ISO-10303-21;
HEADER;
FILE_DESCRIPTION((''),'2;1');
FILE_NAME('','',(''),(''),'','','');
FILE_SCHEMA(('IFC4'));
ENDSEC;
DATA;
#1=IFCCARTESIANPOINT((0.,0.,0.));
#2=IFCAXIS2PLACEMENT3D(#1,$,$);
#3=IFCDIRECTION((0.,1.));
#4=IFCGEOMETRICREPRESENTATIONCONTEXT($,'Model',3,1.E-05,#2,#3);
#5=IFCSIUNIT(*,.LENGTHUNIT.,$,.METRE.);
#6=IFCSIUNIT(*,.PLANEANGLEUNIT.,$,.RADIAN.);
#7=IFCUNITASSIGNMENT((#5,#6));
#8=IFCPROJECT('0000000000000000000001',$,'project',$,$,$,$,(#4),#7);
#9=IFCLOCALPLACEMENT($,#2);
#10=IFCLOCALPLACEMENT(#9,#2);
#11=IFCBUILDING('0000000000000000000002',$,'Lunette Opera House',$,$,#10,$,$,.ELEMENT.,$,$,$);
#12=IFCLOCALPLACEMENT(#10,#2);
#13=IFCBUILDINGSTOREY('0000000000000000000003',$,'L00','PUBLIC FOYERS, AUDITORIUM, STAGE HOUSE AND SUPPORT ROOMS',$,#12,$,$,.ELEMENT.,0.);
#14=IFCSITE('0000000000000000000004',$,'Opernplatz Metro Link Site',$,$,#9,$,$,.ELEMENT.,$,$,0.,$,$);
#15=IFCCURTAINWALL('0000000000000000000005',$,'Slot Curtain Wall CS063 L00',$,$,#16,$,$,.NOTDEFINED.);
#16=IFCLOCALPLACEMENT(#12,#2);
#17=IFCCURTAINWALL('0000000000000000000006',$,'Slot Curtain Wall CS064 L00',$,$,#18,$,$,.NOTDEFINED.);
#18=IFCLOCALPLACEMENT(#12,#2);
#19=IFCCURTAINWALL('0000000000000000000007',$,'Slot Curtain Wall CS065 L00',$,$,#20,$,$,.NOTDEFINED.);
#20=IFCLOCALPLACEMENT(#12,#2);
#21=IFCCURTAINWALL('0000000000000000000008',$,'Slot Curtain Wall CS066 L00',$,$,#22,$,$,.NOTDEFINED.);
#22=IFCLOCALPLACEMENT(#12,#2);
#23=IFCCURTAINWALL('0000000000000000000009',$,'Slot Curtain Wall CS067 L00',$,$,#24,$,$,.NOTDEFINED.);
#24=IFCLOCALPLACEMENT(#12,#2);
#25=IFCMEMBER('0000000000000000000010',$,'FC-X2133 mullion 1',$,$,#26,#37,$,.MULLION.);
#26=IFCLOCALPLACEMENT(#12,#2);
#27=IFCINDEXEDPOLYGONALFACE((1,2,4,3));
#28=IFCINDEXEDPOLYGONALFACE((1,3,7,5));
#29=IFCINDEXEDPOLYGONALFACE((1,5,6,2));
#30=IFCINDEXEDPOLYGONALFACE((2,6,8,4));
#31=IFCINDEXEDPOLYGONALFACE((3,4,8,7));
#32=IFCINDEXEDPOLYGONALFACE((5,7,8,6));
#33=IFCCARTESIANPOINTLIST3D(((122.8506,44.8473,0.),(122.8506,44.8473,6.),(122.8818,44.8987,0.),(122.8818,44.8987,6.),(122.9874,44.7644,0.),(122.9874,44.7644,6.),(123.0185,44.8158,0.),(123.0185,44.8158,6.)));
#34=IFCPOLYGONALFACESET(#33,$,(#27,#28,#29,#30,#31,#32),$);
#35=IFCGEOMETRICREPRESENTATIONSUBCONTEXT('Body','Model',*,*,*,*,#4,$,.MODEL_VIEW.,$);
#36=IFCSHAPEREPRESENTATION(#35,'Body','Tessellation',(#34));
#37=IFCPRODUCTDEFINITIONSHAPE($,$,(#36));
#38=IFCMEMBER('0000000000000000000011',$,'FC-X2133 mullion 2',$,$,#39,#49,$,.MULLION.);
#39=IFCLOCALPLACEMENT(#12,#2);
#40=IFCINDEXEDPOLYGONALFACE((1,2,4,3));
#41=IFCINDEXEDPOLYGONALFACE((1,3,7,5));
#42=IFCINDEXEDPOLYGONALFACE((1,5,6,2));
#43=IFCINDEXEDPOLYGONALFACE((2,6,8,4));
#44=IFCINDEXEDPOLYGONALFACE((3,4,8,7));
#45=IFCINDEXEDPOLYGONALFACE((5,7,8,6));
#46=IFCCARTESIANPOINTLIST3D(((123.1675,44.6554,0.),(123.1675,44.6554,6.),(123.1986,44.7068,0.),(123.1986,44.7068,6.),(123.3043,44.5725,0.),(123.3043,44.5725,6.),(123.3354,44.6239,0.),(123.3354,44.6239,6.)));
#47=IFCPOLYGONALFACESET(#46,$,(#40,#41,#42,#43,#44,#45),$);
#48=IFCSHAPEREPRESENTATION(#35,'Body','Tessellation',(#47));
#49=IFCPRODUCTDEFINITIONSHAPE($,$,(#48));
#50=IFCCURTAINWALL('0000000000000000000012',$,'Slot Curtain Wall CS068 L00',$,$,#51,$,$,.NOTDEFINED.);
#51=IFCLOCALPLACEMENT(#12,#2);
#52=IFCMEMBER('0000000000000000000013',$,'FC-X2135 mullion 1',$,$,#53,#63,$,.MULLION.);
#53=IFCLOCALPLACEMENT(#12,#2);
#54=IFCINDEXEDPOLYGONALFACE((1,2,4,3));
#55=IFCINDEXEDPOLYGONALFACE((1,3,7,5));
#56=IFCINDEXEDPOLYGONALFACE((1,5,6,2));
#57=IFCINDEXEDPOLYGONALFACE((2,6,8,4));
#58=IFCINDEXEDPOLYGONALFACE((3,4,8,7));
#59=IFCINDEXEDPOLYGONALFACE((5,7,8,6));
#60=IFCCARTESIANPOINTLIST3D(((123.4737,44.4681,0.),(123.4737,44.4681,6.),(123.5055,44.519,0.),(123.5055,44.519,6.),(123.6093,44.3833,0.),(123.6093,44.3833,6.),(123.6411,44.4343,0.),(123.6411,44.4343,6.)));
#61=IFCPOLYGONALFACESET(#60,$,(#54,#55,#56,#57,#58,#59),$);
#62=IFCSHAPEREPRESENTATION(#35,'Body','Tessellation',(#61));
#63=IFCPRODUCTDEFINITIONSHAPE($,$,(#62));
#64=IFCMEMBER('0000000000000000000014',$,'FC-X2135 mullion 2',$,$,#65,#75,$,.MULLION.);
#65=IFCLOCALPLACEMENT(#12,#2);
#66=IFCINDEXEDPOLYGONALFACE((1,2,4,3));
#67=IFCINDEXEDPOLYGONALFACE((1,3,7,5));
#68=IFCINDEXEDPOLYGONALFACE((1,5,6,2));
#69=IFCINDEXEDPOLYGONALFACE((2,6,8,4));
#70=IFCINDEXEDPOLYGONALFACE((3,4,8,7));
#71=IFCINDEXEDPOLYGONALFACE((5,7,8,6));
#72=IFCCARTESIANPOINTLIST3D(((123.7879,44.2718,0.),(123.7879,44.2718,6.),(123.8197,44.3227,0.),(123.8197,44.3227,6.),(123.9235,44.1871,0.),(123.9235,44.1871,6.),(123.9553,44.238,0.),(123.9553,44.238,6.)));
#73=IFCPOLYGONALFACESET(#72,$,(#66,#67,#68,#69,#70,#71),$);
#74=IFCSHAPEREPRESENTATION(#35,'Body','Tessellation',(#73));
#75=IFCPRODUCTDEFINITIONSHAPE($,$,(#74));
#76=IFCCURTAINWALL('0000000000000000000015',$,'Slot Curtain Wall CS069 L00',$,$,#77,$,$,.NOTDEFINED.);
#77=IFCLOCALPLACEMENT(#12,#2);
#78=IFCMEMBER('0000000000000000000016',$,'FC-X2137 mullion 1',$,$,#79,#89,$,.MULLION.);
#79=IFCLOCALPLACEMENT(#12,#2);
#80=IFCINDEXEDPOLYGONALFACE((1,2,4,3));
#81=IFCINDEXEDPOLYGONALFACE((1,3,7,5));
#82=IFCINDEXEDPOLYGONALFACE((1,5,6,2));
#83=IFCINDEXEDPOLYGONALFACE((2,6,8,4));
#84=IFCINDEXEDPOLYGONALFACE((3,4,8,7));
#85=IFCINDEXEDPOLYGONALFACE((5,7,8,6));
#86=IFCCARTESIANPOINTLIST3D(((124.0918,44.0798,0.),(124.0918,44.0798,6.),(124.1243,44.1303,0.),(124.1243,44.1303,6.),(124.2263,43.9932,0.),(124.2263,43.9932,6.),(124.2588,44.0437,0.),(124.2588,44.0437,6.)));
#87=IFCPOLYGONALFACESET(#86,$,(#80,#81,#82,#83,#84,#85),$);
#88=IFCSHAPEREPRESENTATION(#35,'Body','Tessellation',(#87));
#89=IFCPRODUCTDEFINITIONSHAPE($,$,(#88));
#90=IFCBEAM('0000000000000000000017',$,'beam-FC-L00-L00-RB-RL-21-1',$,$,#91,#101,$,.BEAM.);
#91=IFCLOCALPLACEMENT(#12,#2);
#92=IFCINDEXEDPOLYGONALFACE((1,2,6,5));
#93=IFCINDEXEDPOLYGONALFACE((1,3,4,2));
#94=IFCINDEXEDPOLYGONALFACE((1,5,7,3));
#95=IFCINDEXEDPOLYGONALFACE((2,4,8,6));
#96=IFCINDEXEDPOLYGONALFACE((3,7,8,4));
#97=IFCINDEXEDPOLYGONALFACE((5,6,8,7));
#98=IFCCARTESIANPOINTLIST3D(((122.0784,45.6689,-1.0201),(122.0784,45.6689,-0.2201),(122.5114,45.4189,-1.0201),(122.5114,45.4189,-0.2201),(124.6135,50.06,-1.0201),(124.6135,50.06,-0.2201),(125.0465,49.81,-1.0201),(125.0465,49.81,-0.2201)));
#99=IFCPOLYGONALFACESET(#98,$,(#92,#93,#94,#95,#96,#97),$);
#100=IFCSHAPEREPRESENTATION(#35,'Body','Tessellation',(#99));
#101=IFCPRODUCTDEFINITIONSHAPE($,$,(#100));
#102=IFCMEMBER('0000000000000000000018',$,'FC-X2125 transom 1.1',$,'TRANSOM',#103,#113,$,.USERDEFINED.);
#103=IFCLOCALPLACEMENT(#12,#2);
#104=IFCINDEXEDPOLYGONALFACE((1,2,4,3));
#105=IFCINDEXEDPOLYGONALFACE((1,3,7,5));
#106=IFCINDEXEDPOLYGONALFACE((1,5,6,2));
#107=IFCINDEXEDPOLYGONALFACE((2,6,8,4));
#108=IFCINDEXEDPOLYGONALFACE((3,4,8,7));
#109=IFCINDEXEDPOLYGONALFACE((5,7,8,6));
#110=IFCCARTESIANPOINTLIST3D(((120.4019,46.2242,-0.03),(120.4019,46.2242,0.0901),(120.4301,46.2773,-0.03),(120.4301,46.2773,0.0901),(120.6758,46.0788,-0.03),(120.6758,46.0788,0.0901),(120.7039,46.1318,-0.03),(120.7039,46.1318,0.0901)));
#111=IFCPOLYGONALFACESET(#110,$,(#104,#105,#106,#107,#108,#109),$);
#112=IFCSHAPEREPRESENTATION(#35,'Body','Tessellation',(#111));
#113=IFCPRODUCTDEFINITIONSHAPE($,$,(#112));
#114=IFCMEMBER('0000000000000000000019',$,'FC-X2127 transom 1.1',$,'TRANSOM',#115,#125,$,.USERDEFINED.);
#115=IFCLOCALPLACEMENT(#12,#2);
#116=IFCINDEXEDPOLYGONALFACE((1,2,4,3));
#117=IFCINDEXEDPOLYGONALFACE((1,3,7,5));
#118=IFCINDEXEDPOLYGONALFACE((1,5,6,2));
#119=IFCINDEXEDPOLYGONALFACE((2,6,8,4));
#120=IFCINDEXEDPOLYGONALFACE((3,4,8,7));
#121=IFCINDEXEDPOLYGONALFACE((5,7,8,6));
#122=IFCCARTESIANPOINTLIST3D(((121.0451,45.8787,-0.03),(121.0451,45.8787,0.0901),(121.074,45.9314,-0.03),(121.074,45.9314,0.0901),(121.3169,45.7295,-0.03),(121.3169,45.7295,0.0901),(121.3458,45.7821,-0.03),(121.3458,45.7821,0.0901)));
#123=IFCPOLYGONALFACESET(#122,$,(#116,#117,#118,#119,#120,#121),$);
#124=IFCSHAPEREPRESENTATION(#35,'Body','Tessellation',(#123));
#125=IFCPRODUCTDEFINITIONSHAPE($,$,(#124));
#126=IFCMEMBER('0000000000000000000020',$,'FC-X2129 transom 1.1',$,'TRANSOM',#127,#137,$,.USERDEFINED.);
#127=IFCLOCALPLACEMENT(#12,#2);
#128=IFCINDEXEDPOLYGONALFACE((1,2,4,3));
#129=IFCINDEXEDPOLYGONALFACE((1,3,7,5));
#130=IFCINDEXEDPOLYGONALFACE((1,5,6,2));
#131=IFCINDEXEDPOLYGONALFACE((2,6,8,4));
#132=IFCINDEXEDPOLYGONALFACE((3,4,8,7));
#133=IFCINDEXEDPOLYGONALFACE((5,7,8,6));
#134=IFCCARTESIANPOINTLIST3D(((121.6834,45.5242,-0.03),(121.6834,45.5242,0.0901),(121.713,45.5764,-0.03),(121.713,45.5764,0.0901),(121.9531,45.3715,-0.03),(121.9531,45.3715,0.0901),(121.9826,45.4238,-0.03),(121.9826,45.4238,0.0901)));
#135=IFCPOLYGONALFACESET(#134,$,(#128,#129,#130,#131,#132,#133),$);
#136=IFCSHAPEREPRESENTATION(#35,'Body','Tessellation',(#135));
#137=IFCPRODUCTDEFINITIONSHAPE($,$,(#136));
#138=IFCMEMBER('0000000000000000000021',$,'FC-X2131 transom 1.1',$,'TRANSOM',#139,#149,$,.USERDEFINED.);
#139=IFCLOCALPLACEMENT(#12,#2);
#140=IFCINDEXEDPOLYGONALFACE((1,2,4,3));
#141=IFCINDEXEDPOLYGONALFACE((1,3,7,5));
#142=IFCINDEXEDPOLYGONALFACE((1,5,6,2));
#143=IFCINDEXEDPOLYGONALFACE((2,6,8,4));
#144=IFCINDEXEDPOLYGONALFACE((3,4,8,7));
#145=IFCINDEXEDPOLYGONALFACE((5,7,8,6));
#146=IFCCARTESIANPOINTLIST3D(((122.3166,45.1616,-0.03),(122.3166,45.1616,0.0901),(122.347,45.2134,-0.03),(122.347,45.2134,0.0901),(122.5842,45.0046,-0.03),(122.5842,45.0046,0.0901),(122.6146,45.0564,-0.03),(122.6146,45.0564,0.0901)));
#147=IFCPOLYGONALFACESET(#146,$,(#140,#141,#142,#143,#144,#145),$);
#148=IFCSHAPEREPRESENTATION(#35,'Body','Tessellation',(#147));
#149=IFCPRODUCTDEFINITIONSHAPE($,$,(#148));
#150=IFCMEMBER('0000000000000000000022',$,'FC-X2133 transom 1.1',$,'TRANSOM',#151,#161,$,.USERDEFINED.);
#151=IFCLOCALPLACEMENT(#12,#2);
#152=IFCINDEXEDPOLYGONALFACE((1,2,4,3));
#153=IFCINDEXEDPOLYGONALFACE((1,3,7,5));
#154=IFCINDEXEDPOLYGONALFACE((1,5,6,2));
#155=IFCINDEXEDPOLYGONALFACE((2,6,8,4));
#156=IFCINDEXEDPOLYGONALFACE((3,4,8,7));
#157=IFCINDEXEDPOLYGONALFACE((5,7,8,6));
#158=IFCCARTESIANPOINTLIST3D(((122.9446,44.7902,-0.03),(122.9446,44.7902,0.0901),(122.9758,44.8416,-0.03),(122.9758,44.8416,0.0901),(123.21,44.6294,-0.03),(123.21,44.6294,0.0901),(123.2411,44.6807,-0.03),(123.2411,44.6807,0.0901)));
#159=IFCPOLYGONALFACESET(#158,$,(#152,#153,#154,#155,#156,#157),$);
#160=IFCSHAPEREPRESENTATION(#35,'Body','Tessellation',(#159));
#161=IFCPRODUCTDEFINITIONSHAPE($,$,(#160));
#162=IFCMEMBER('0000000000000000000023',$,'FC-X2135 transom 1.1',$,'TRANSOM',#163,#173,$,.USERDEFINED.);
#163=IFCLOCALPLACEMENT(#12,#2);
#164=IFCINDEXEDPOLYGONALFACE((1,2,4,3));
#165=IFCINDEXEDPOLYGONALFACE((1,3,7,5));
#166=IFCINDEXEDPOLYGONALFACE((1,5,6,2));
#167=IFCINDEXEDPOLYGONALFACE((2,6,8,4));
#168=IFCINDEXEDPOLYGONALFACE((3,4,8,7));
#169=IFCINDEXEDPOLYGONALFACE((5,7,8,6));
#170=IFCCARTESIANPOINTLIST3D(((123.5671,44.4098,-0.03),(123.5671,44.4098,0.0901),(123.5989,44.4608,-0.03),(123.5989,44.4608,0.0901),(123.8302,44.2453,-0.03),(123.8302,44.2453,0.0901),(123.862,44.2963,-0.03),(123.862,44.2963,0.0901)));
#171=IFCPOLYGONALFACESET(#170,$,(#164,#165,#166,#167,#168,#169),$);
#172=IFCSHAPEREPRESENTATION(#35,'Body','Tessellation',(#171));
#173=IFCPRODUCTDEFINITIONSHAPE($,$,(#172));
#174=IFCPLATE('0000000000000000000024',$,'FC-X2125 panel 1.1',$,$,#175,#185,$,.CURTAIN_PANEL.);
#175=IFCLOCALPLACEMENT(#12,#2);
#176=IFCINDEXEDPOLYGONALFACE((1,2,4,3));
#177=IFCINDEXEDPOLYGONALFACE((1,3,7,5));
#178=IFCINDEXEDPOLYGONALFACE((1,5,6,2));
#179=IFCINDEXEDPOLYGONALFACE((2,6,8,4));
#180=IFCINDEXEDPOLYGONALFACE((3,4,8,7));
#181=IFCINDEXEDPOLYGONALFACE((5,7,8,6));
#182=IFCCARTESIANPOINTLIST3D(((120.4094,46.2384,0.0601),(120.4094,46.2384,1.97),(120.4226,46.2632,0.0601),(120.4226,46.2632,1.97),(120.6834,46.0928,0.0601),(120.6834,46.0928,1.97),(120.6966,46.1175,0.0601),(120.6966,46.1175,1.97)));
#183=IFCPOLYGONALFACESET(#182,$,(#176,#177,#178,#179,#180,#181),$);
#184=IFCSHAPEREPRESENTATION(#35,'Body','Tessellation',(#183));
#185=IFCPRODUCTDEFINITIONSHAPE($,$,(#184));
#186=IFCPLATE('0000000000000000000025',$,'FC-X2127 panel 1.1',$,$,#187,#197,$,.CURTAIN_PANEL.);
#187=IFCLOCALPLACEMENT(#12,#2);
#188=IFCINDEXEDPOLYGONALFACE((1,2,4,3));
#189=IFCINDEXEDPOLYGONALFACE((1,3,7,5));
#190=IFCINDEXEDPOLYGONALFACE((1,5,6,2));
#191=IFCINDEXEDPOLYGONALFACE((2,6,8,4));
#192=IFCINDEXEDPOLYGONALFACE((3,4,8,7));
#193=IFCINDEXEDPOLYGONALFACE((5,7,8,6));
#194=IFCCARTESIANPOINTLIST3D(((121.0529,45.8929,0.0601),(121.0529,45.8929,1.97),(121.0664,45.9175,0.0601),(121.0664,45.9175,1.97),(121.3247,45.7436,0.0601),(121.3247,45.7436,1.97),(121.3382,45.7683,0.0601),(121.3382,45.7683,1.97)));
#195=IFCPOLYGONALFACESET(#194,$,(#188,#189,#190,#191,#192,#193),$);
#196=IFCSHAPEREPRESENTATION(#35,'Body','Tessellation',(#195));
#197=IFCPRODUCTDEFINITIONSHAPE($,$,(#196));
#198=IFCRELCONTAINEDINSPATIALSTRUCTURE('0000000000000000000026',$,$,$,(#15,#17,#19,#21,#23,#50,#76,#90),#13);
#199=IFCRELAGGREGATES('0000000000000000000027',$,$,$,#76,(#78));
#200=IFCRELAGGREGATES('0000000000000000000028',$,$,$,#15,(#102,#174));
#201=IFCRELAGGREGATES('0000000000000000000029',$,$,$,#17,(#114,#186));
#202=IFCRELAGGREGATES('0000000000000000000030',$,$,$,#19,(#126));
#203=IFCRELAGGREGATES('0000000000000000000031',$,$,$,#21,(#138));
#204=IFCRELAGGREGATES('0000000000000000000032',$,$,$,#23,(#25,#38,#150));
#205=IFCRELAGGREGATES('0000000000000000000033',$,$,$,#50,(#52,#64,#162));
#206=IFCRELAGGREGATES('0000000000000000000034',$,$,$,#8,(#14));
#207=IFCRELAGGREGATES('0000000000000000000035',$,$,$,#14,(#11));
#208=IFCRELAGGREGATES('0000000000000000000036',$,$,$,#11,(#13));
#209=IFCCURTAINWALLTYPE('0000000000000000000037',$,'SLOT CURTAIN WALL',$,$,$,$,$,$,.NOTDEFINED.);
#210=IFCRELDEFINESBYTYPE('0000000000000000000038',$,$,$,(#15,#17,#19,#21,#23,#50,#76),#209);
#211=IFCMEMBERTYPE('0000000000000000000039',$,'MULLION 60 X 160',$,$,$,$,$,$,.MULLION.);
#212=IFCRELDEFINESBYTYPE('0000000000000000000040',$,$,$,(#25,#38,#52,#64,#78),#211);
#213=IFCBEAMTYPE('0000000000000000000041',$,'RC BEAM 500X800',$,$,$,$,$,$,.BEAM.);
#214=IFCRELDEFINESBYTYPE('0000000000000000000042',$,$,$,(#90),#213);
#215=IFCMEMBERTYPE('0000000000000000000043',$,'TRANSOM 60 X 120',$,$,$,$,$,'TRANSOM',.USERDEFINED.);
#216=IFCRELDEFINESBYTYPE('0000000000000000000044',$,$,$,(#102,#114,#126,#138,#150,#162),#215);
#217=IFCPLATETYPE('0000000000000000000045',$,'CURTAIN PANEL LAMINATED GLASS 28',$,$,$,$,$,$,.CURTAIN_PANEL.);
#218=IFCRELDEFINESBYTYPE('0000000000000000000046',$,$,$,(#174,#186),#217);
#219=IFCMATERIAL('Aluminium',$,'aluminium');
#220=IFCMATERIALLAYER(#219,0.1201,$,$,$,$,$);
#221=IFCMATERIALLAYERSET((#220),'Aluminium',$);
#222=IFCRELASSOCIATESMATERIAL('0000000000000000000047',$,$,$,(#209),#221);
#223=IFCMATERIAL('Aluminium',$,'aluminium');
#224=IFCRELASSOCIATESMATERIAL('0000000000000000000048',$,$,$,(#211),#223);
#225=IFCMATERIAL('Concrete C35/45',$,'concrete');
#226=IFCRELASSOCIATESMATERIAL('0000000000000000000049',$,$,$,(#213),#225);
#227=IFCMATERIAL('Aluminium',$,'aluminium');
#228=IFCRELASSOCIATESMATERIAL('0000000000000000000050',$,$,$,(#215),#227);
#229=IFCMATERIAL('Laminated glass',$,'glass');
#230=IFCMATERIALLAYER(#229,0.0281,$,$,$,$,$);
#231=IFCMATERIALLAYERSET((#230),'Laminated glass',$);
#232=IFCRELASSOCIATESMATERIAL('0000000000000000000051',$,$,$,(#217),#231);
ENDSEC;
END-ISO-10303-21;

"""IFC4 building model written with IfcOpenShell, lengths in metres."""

from ifc_helpers import new_model, si_unit, direction, frame, origin, origin_2d, place, context, subcontext, project, spatial, rectangle, extrude, material, layer, layer_set, material_profile, profile_set, type_object, element, aggregate, save


model = new_model("IFC4")

# Units and contexts
model_context = context("Model", 3, precision=1e-05, world=origin(), true_north=direction((0.0, 1.0)))
body_context = subcontext(model_context, "Body", "Model", "MODEL_VIEW")
ifc_project = project(units=[si_unit("LENGTHUNIT", "METRE"), si_unit("PLANEANGLEUNIT", "RADIAN")], contexts=[model_context])

# Site, building, storey
site_placement = place(None, origin())
site = spatial("IfcSite", under=ifc_project, at=site_placement, Name="Opernplatz Metro Link Site", CompositionType="ELEMENT", RefElevation=0.0)
building_placement = place(site_placement, origin())
building = spatial("IfcBuilding", under=site, at=building_placement, Name="Lunette Opera House", CompositionType="ELEMENT")
storey_placement = place(building_placement, origin())
storey = spatial("IfcBuildingStorey", under=building, at=storey_placement, Name="L00", Description="PUBLIC FOYERS, AUDITORIUM, STAGE HOUSE AND SUPPORT ROOMS", CompositionType="ELEMENT", Elevation=0.0)

# Shared definitions
ifc_material_1 = material(Name="Aluminium", Category="aluminium")
ifc_layer_1 = layer(ifc_material_1, 0.1201)
ifc_layer_set_1 = layer_set([ifc_layer_1], Name="Aluminium")
curtain_wall_type = type_object("IfcCurtainWallType", Name="SLOT CURTAIN WALL", PredefinedType="NOTDEFINED", material=ifc_layer_set_1)
ifc_material_2 = material(Name="Aluminium", Category="aluminium")
ifc_material_profile_1 = material_profile(ifc_material_2, rectangle(XDim=0.0601, YDim=0.1599, at=origin_2d()), Name="MULLION 60 X 160")
ifc_profile_set_1 = profile_set([ifc_material_profile_1], Name="Aluminium")
member_type_1 = type_object("IfcMemberType", Name="MULLION 60 X 160", PredefinedType="MULLION", material=ifc_profile_set_1)

# Curtain walls, members
curtain_wall_1_placement = place(storey_placement, origin())
curtain_wall_1 = element("IfcCurtainWall", 1, at=curtain_wall_1_placement, inside=storey, type_object=curtain_wall_type, Name="Slot Curtain Wall CS063 L00", PredefinedType="NOTDEFINED")
curtain_wall_2_placement = place(storey_placement, origin())
curtain_wall_2 = element("IfcCurtainWall", 2, at=curtain_wall_2_placement, inside=storey, type_object=curtain_wall_type, Name="Slot Curtain Wall CS064 L00", PredefinedType="NOTDEFINED")
curtain_wall_3_placement = place(storey_placement, origin())
curtain_wall_3 = element("IfcCurtainWall", 3, at=curtain_wall_3_placement, inside=storey, type_object=curtain_wall_type, Name="Slot Curtain Wall CS065 L00", PredefinedType="NOTDEFINED")
curtain_wall_4_placement = place(storey_placement, origin())
curtain_wall_4 = element("IfcCurtainWall", 4, at=curtain_wall_4_placement, inside=storey, type_object=curtain_wall_type, Name="Slot Curtain Wall CS066 L00", PredefinedType="NOTDEFINED")
curtain_wall_5_placement = place(storey_placement, origin())
curtain_wall_5 = element("IfcCurtainWall", 5, at=curtain_wall_5_placement, inside=storey, type_object=curtain_wall_type, Name="Slot Curtain Wall CS067 L00", PredefinedType="NOTDEFINED")
member_1_placement = place(storey_placement, frame((122.9346, 44.8315, 0.0), z_axis=(0.0, 0.0, 1.0), x_axis=(0.51825, 0.855229, 0.0)))
member_1 = element("IfcMember", 6, at=member_1_placement, type_object=member_type_1, Name="FC-X2133 mullion 1", PredefinedType="MULLION", context=body_context, shape_type="SweptSolid", body=[
    extrude(rectangle(XDim=0.0601, YDim=0.1599, at=origin_2d()), origin(), (0.0, 0.0, 1.0), 6.0),
])
member_2_placement = place(storey_placement, frame((123.2515, 44.6396, 0.0), z_axis=(0.0, 0.0, 1.0), x_axis=(0.51825, 0.855229, 0.0)))
member_2 = element("IfcMember", 7, at=member_2_placement, type_object=member_type_1, Name="FC-X2133 mullion 2", PredefinedType="MULLION", context=body_context, shape_type="SweptSolid", body=[
    extrude(rectangle(XDim=0.0601, YDim=0.1599, at=origin_2d()), origin(), (0.0, 0.0, 1.0), 6.0),
])
curtain_wall_6_placement = place(storey_placement, origin())
curtain_wall_6 = element("IfcCurtainWall", 8, at=curtain_wall_6_placement, inside=storey, type_object=curtain_wall_type, Name="Slot Curtain Wall CS068 L00", PredefinedType="NOTDEFINED")
member_3_placement = place(storey_placement, frame((123.5574, 44.4512, 0.0), z_axis=(0.0, 0.0, 1.0), x_axis=(0.52979, 0.848129, 0.0)))
member_3 = element("IfcMember", 9, at=member_3_placement, type_object=member_type_1, Name="FC-X2135 mullion 1", PredefinedType="MULLION", context=body_context, shape_type="SweptSolid", body=[
    extrude(rectangle(XDim=0.0601, YDim=0.1599, at=origin_2d()), origin(), (0.0, 0.0, 1.0), 6.0),
])
member_4_placement = place(storey_placement, frame((123.8716, 44.2549, 0.0), z_axis=(0.0, 0.0, 1.0), x_axis=(0.52979, 0.848129, 0.0)))
member_4 = element("IfcMember", 10, at=member_4_placement, type_object=member_type_1, Name="FC-X2135 mullion 2", PredefinedType="MULLION", context=body_context, shape_type="SweptSolid", body=[
    extrude(rectangle(XDim=0.0601, YDim=0.1599, at=origin_2d()), origin(), (0.0, 0.0, 1.0), 6.0),
])

# Curtain wall, member
curtain_wall_7_placement = place(storey_placement, origin())
curtain_wall_7 = element("IfcCurtainWall", 11, at=curtain_wall_7_placement, inside=storey, type_object=curtain_wall_type, Name="Slot Curtain Wall CS069 L00", PredefinedType="NOTDEFINED")
member_5_placement = place(storey_placement, frame((124.1753, 44.0618, 0.0), z_axis=(0.0, 0.0, 1.0), x_axis=(0.541227, 0.840876, 0.0)))
member_5 = element("IfcMember", 12, at=member_5_placement, type_object=member_type_1, Name="FC-X2137 mullion 1", PredefinedType="MULLION", context=body_context, shape_type="SweptSolid", body=[
    extrude(rectangle(XDim=0.0601, YDim=0.1599, at=origin_2d()), origin(), (0.0, 0.0, 1.0), 6.0),
])
aggregate(curtain_wall_7, [member_5])

# Beam
ifc_material_3 = material(Name="Concrete C35/45", Category="concrete")
ifc_material_profile_2 = material_profile(ifc_material_3, rectangle(XDim=0.5, YDim=0.8, at=origin_2d()), Name="RC BEAM 500X800")
ifc_profile_set_2 = profile_set([ifc_material_profile_2], Name="Concrete C35/45")
beam_type = type_object("IfcBeamType", Name="RC BEAM 500X800", PredefinedType="BEAM", material=ifc_profile_set_2)
beam_placement = place(storey_placement, frame((122.2949, 45.5439, -0.6201), z_axis=(0.499992, 0.86603, 0.0), x_axis=(-0.86603, 0.499992, 0.0)))
element("IfcBeam", 13, at=beam_placement, inside=storey, type_object=beam_type, Name="beam-FC-L00-L00-RB-RL-21-1", PredefinedType="BEAM", context=body_context, shape_type="SweptSolid", body=[
    extrude(rectangle(XDim=0.5, YDim=0.8, at=origin_2d()), origin(), (0.0, 0.0, 1.0), 5.0703),
])

# Members
ifc_material_4 = material(Name="Aluminium", Category="aluminium")
ifc_material_profile_3 = material_profile(ifc_material_4, rectangle(XDim=0.0601, YDim=0.1201, at=origin_2d()), Name="TRANSOM 60 X 120")
ifc_profile_set_3 = profile_set([ifc_material_profile_3], Name="Aluminium")
member_type_2 = type_object("IfcMemberType", Name="TRANSOM 60 X 120", ElementType="TRANSOM", PredefinedType="USERDEFINED", material=ifc_profile_set_3)
member_6_placement = place(storey_placement, frame((120.416, 46.2507, 0.03), z_axis=(0.883136, -0.469117, 0.0), x_axis=(0.469117, 0.883136, 0.0)))
member_6 = element("IfcMember", 14, at=member_6_placement, type_object=member_type_2, Name="FC-X2125 transom 1.1", ObjectType="TRANSOM", PredefinedType="USERDEFINED", context=body_context, shape_type="SweptSolid", body=[
    extrude(rectangle(XDim=0.0601, YDim=0.1201, at=origin_2d()), origin(), (0.0, 0.0, 1.0), 0.3101),
])
member_7_placement = place(storey_placement, frame((121.0596, 45.905, 0.03), z_axis=(0.876598, -0.481223, 0.0), x_axis=(0.481223, 0.876598, 0.0)))
member_7 = element("IfcMember", 15, at=member_7_placement, type_object=member_type_2, Name="FC-X2127 transom 1.1", ObjectType="TRANSOM", PredefinedType="USERDEFINED", context=body_context, shape_type="SweptSolid", body=[
    extrude(rectangle(XDim=0.0601, YDim=0.1201, at=origin_2d()), origin(), (0.0, 0.0, 1.0), 0.3101),
])
member_8_placement = place(storey_placement, frame((121.6982, 45.5503, 0.03), z_axis=(0.870225, -0.492655, 0.0), x_axis=(0.492655, 0.870225, 0.0)))
member_8 = element("IfcMember", 16, at=member_8_placement, type_object=member_type_2, Name="FC-X2129 transom 1.1", ObjectType="TRANSOM", PredefinedType="USERDEFINED", context=body_context, shape_type="SweptSolid", body=[
    extrude(rectangle(XDim=0.0601, YDim=0.1201, at=origin_2d()), origin(), (0.0, 0.0, 1.0), 0.3098),
])
member_9_placement = place(storey_placement, frame((122.3318, 45.1875, 0.03), z_axis=(0.86252, -0.506022, 0.0), x_axis=(0.506022, 0.86252, 0.0)))
member_9 = element("IfcMember", 17, at=member_9_placement, type_object=member_type_2, Name="FC-X2131 transom 1.1", ObjectType="TRANSOM", PredefinedType="USERDEFINED", context=body_context, shape_type="SweptSolid", body=[
    extrude(rectangle(XDim=0.0601, YDim=0.1201, at=origin_2d()), origin(), (0.0, 0.0, 1.0), 0.3103),
])
member_10_placement = place(storey_placement, frame((122.9602, 44.8159, 0.03), z_axis=(0.855124, -0.518424, 0.0), x_axis=(0.518424, 0.855124, 0.0)))
member_10 = element("IfcMember", 18, at=member_10_placement, type_object=member_type_2, Name="FC-X2133 transom 1.1", ObjectType="TRANSOM", PredefinedType="USERDEFINED", context=body_context, shape_type="SweptSolid", body=[
    extrude(rectangle(XDim=0.0601, YDim=0.1201, at=origin_2d()), origin(), (0.0, 0.0, 1.0), 0.3103),
])
member_11_placement = place(storey_placement, frame((123.583, 44.4353, 0.03), z_axis=(0.84791, -0.53014, 0.0), x_axis=(0.53014, 0.84791, 0.0)))
member_11 = element("IfcMember", 19, at=member_11_placement, type_object=member_type_2, Name="FC-X2135 transom 1.1", ObjectType="TRANSOM", PredefinedType="USERDEFINED", context=body_context, shape_type="SweptSolid", body=[
    extrude(rectangle(XDim=0.0601, YDim=0.1201, at=origin_2d()), origin(), (0.0, 0.0, 1.0), 0.3103),
])

# Plates
ifc_material_5 = material(Name="Laminated glass", Category="glass")
ifc_layer_2 = layer(ifc_material_5, 0.0281)
ifc_layer_set_2 = layer_set([ifc_layer_2], Name="Laminated glass")
plate_type = type_object("IfcPlateType", Name="CURTAIN PANEL LAMINATED GLASS 28", PredefinedType="CURTAIN_PANEL", material=ifc_layer_set_2)
plate_1_placement = place(storey_placement, frame((120.553, 46.178, 0.0601), z_axis=(0.0, 0.0, 1.0), x_axis=(0.882995, -0.469382, 0.0)))
plate_1 = element("IfcPlate", 20, at=plate_1_placement, type_object=plate_type, Name="FC-X2125 panel 1.1", PredefinedType="CURTAIN_PANEL", context=body_context, shape_type="SweptSolid", body=[
    extrude(rectangle(XDim=0.3103, YDim=0.0281, at=origin_2d()), origin(), (0.0, 0.0, 1.0), 1.9099),
])
aggregate(curtain_wall_1, [member_6, plate_1])
plate_2_placement = place(storey_placement, frame((121.1956, 45.8306, 0.0601), z_axis=(0.0, 0.0, 1.0), x_axis=(0.876559, -0.481294, 0.0)))
plate_2 = element("IfcPlate", 21, at=plate_2_placement, type_object=plate_type, Name="FC-X2127 panel 1.1", PredefinedType="CURTAIN_PANEL", context=body_context, shape_type="SweptSolid", body=[
    extrude(rectangle(XDim=0.3101, YDim=0.0281, at=origin_2d()), origin(), (0.0, 0.0, 1.0), 1.9099),
])
aggregate(curtain_wall_2, [member_7, plate_2])
aggregate(curtain_wall_3, [member_8])
aggregate(curtain_wall_4, [member_9])
aggregate(curtain_wall_5, [member_1, member_2, member_10])
aggregate(curtain_wall_6, [member_3, member_4, member_11])

save(model, "model.ifc")
